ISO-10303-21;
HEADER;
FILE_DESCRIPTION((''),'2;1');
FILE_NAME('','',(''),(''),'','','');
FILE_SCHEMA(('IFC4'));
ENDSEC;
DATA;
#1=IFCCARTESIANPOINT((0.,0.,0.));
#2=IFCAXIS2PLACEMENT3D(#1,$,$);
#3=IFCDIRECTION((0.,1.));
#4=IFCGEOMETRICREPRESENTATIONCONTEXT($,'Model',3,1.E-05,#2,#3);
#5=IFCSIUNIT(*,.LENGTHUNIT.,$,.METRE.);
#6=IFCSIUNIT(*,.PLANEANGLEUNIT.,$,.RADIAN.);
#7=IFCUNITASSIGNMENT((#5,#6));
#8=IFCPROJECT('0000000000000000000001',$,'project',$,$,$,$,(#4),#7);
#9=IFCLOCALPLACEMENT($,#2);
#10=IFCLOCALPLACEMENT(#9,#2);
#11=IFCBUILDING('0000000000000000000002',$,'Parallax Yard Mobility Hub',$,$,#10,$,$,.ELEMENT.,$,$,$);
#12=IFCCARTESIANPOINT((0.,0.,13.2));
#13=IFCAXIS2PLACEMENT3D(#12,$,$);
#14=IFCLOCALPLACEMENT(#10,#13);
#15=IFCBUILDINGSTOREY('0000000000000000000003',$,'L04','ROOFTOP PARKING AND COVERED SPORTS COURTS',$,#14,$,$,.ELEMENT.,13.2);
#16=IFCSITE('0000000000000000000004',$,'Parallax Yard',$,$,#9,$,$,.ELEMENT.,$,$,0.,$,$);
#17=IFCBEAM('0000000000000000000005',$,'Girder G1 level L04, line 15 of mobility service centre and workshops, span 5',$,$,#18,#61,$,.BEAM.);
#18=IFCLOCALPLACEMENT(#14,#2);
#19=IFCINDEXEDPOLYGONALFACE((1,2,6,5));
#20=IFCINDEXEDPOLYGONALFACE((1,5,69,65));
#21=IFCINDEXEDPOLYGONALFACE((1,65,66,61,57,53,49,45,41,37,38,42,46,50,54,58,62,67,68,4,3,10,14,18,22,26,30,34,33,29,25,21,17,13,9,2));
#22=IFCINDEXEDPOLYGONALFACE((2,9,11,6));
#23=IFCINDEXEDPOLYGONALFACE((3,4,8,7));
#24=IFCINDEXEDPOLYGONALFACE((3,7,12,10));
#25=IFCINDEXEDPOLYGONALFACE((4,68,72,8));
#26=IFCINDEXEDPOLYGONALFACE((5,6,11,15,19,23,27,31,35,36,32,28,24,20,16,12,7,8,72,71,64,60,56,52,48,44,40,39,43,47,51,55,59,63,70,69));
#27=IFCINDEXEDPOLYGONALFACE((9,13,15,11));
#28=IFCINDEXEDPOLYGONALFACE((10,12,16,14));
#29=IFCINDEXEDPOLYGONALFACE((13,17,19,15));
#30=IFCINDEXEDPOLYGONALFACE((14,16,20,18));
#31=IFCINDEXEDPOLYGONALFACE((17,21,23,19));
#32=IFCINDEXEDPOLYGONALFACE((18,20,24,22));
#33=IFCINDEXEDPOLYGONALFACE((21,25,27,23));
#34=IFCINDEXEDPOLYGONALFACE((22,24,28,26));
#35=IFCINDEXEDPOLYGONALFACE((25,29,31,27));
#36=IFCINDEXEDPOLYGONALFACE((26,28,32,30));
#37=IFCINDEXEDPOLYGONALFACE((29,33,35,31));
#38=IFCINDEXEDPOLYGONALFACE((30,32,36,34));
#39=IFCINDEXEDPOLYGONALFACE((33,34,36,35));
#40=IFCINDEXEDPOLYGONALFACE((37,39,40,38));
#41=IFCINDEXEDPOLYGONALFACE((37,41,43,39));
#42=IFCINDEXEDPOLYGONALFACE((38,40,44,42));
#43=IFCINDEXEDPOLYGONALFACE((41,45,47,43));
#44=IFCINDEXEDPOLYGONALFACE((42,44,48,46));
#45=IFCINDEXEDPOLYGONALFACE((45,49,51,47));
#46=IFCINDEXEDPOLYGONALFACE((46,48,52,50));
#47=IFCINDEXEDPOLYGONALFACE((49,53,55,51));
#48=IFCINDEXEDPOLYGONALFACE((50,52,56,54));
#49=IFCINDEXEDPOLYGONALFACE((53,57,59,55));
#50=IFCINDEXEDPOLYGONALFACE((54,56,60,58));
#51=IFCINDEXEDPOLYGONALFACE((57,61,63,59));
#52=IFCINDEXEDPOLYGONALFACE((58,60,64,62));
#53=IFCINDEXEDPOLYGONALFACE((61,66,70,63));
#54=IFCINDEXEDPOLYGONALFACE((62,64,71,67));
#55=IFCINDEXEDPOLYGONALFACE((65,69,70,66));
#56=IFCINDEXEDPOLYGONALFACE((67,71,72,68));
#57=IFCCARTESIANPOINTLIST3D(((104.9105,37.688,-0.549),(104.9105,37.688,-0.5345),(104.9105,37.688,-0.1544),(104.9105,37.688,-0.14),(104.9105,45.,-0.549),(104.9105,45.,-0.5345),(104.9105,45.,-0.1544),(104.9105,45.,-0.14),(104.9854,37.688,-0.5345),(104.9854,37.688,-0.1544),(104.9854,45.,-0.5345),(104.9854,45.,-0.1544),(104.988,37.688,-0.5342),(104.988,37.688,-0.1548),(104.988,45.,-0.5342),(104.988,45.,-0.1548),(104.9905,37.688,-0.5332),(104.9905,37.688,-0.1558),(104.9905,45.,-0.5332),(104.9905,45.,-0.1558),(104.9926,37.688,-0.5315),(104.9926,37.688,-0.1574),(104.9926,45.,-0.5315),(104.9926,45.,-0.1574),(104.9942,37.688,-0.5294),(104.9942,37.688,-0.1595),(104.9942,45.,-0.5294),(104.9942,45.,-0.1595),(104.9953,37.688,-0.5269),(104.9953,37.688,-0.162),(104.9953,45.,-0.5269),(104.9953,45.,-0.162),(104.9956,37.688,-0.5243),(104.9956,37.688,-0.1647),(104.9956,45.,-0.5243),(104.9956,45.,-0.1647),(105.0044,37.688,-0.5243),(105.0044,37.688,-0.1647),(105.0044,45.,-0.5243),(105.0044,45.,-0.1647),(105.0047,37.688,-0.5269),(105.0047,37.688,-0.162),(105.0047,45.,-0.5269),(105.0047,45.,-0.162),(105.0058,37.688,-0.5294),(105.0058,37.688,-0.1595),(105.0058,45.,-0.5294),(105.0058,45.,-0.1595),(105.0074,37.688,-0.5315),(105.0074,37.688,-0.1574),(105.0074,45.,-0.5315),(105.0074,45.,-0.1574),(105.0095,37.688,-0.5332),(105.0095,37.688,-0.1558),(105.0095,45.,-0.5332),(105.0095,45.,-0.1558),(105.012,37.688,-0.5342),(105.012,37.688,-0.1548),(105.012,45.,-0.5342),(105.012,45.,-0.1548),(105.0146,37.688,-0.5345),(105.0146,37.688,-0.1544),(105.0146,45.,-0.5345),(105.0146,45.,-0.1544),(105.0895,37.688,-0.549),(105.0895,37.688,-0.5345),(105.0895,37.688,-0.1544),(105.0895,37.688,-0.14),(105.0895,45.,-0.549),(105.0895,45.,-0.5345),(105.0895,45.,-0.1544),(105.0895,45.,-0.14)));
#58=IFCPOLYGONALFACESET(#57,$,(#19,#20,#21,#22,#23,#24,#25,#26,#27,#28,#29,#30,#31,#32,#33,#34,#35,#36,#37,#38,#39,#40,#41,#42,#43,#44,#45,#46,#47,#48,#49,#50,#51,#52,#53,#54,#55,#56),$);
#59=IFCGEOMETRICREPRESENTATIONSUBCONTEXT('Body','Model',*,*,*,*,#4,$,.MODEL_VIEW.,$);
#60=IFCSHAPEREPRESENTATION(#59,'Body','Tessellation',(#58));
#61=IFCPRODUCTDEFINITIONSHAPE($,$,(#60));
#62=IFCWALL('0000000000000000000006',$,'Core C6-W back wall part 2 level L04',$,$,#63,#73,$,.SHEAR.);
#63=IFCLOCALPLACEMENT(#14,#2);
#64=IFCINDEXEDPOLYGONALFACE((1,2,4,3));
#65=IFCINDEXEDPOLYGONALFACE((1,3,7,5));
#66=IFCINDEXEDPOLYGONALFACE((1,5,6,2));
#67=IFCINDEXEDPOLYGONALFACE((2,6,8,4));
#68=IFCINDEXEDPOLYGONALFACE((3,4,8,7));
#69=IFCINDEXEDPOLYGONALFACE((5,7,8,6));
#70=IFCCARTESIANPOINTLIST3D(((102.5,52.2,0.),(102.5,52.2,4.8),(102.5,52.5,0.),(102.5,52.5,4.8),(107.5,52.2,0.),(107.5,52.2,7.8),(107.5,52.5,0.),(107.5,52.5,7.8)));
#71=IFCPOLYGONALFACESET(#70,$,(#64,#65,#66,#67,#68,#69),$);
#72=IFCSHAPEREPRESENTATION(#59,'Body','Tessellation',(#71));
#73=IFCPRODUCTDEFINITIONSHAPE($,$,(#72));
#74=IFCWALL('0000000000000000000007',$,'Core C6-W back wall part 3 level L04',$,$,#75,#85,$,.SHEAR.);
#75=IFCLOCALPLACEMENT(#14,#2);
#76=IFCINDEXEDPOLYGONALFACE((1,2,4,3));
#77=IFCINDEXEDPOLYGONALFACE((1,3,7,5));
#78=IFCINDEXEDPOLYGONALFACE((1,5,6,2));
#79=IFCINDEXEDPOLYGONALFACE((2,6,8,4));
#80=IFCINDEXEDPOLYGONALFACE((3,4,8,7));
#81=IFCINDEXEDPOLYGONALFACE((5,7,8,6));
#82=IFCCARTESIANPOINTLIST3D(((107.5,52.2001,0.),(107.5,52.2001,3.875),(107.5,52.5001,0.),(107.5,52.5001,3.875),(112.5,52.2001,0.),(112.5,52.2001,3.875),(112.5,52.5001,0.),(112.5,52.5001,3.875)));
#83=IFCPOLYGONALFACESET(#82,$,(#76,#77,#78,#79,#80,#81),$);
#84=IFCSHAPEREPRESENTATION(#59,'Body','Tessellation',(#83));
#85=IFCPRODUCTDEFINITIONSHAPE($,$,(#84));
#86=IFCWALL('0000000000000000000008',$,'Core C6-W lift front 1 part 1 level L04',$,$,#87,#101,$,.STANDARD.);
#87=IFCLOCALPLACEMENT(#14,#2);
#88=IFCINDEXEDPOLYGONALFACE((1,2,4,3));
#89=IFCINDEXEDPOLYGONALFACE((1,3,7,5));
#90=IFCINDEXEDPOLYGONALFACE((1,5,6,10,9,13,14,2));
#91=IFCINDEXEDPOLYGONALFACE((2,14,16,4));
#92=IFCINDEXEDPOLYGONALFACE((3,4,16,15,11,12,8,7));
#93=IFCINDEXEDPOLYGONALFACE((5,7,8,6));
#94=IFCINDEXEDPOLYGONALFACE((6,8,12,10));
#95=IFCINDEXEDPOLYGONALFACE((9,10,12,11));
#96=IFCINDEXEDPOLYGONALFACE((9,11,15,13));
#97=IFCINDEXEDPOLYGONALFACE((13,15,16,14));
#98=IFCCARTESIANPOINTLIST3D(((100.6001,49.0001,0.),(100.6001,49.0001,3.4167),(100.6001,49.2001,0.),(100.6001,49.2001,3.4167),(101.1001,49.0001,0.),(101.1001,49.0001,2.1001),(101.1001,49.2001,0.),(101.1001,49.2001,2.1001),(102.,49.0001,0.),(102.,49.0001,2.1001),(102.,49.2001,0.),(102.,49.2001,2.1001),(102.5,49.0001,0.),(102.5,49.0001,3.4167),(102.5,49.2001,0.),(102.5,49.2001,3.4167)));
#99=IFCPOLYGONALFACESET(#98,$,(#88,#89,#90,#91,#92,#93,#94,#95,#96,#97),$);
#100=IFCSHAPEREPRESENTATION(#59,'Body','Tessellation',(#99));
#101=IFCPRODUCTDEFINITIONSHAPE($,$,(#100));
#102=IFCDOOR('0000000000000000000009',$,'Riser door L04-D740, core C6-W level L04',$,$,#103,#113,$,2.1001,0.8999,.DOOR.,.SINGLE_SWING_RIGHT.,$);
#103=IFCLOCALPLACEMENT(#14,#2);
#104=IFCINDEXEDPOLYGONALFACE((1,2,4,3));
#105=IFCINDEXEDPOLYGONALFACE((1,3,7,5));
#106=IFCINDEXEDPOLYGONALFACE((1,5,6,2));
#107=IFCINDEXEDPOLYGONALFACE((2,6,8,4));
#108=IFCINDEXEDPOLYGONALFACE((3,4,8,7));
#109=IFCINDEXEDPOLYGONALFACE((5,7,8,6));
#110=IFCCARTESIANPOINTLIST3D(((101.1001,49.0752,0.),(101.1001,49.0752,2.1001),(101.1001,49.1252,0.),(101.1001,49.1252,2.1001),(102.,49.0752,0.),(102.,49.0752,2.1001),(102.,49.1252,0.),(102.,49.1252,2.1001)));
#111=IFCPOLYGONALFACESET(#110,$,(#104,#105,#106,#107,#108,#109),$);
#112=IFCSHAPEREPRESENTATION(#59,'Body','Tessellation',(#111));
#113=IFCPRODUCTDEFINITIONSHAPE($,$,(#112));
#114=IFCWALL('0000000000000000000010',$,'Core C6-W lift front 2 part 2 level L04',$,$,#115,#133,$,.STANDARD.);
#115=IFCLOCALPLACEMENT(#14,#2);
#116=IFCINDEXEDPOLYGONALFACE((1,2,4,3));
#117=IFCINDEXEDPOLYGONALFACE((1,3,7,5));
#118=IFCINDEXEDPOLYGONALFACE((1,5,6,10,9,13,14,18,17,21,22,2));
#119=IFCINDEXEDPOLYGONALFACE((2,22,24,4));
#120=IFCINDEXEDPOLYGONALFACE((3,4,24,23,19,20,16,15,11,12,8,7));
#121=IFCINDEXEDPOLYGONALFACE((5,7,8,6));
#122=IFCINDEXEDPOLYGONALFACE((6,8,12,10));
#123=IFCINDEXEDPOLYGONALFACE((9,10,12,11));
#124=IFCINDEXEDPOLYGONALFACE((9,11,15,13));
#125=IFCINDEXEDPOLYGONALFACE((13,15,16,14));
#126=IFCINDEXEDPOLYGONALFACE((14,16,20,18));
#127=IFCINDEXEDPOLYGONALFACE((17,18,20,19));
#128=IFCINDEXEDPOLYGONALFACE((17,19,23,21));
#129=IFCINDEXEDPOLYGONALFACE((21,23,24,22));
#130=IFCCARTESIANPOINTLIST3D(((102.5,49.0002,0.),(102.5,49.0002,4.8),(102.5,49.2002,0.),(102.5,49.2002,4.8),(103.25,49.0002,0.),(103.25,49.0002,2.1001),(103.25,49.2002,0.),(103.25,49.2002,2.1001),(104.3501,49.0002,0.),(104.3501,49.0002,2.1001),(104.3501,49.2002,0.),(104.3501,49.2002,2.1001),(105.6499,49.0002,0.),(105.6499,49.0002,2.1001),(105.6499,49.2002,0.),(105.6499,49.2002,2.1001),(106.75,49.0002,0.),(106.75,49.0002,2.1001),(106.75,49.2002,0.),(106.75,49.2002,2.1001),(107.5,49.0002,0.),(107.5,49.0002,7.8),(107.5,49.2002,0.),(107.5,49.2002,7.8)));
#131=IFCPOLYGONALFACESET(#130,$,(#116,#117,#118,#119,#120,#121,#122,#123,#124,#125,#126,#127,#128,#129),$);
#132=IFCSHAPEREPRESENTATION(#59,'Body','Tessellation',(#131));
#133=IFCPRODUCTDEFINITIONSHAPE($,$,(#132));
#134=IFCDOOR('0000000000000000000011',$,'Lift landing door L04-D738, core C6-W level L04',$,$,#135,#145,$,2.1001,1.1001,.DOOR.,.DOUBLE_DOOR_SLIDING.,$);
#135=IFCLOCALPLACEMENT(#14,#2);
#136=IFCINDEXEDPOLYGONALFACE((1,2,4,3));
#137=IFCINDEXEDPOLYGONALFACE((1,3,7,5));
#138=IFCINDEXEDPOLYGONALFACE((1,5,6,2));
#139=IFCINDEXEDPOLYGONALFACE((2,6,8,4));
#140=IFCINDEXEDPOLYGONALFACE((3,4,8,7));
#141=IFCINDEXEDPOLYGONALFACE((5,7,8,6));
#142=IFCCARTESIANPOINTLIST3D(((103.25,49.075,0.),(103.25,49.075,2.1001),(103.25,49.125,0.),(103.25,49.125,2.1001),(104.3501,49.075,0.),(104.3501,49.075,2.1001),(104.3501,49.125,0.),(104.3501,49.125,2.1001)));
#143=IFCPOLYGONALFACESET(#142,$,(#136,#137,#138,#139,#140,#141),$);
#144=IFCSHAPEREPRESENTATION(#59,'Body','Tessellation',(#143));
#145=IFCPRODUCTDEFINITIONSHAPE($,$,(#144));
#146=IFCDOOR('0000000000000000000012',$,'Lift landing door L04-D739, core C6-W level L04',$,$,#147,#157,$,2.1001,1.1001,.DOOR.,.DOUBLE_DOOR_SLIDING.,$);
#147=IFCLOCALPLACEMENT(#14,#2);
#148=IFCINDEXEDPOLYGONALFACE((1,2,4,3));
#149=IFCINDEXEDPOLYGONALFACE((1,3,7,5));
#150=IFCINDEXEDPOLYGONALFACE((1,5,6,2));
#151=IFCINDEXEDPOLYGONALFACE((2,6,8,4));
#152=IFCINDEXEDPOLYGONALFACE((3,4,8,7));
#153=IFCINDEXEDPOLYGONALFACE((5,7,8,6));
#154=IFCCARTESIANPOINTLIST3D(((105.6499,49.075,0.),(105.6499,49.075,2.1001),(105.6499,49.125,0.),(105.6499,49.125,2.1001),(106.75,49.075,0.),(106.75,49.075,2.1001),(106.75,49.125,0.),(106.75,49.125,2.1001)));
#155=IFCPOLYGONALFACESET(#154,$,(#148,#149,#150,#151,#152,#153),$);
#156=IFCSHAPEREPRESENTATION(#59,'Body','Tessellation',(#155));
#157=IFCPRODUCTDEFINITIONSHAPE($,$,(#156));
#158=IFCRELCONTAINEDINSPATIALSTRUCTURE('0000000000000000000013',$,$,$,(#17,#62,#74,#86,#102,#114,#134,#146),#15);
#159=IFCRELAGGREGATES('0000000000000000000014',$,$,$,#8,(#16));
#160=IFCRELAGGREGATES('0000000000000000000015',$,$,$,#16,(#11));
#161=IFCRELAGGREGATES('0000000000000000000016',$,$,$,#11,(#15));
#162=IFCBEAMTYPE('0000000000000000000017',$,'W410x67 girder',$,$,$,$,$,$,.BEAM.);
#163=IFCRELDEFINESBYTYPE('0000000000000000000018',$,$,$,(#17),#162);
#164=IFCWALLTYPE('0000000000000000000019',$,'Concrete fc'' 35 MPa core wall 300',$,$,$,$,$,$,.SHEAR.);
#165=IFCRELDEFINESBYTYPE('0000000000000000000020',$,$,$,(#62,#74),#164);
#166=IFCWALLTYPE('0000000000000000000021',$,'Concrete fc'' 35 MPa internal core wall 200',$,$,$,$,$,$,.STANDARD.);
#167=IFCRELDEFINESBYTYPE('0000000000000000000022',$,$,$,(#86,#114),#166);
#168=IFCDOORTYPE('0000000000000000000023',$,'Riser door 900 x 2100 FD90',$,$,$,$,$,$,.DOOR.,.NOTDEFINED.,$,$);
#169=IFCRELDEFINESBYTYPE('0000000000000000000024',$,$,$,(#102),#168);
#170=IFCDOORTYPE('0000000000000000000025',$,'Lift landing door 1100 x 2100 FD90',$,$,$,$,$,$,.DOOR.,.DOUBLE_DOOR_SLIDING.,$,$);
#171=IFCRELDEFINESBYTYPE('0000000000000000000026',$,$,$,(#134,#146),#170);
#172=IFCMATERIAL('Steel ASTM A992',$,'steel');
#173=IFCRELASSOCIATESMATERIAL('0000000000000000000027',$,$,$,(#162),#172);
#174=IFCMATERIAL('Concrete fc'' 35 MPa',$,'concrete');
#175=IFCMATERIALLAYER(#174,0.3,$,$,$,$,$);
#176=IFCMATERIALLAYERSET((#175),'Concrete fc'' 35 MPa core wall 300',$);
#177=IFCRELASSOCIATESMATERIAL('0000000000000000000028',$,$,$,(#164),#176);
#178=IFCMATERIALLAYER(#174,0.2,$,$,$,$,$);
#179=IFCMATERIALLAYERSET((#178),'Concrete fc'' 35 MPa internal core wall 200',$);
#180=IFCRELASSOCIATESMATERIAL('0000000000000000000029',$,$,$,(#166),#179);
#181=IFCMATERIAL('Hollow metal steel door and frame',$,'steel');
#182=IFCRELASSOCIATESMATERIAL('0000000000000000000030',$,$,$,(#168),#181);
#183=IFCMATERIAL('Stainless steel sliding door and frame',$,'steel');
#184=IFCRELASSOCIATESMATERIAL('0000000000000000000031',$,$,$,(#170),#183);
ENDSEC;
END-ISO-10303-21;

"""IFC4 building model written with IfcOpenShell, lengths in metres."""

from ifc_helpers import new_model, si_unit, direction, frame, frame_2d, origin, origin_2d, place, context, subcontext, project, spatial, polyline, rectangle, i_section, outline, extrude, material, layer, layer_set, material_profile, profile_set, type_object, element, fill, save


model = new_model("IFC4")

# Units and contexts
model_context = context("Model", 3, precision=1e-05, world=origin(), true_north=direction((0.0, 1.0)))
body_context = subcontext(model_context, "Body", "Model", "MODEL_VIEW")
ifc_project = project(units=[si_unit("LENGTHUNIT", "METRE"), si_unit("PLANEANGLEUNIT", "RADIAN")], contexts=[model_context])

# Site, building, storey
site_placement = place(None, origin())
site = spatial("IfcSite", under=ifc_project, at=site_placement, Name="Parallax Yard", CompositionType="ELEMENT", RefElevation=0.0)
building_placement = place(site_placement, origin())
building = spatial("IfcBuilding", under=site, at=building_placement, Name="Parallax Yard Mobility Hub", CompositionType="ELEMENT")
storey_placement = place(building_placement, frame((0.0, 0.0, 13.2)))
storey = spatial("IfcBuildingStorey", under=building, at=storey_placement, Name="L04", Description="ROOFTOP PARKING AND COVERED SPORTS COURTS", CompositionType="ELEMENT", Elevation=13.2)

# Beam
ifc_material_1 = material(Name="Steel ASTM A992", Category="steel")
ifc_material_profile_1 = material_profile(ifc_material_1, i_section(OverallWidth=0.179, OverallDepth=0.4089, WebThickness=0.0088, FlangeThickness=0.0144, FilletRadius=0.0103, at=origin_2d()), Name="W410x67")
ifc_profile_set_1 = profile_set([ifc_material_profile_1], Name="Steel ASTM A992")
beam_type_1 = type_object("IfcBeamType", Name="W410x67 girder", PredefinedType="BEAM", material=ifc_profile_set_1)
beam_placement = place(storey_placement, frame((105.0, 37.688, -0.3445), z_axis=(0.0, 1.0, 0.0), x_axis=(-1.0, 0.0, 0.0)))
element("IfcBeam", 1, at=beam_placement, inside=storey, type_object=beam_type_1, Name="Girder G1 level L04, line 15 of mobility service centre and workshops, span 5", PredefinedType="BEAM", context=body_context, shape_type="SweptSolid", body=[
    extrude(i_section(OverallWidth=0.179, OverallDepth=0.4089, WebThickness=0.0088, FlangeThickness=0.0144, FilletRadius=0.0103, at=origin_2d()), origin(), (0.0, 0.0, 1.0), 7.312),
])

# Walls
ifc_material_2 = material(Name="Concrete fc' 35 MPa", Category="concrete")
ifc_layer_1 = layer(ifc_material_2, 0.3)
ifc_layer_set_1 = layer_set([ifc_layer_1], Name="Concrete fc' 35 MPa core wall 300")
wall_type_1 = type_object("IfcWallType", Name="Concrete fc' 35 MPa core wall 300", PredefinedType="SHEAR", material=ifc_layer_set_1)
wall_1_placement = place(storey_placement, frame((102.5, 52.3501, 0.0), z_axis=(0.0, 0.0, 1.0), x_axis=(1.0, 0.0, 0.0)))
element("IfcWall", 2, at=wall_1_placement, inside=storey, type_object=wall_type_1, Name="Core C6-W back wall part 2 level L04", PredefinedType="SHEAR", context=body_context, shape_type="SweptSolid", body=[
    extrude(outline(polyline([(0.0, 0.0), (5.0, 0.0), (5.0, 7.8), (0.0, 4.8), (0.0, 0.0)])), frame((0.0, 0.1499, 0.0), z_axis=(0.0, -1.0, 0.0), x_axis=(1.0, 0.0, 0.0)), (0.0, 0.0, 1.0), 0.3),
])
wall_2_placement = place(storey_placement, frame((107.5, 52.3501, 0.0), z_axis=(0.0, 0.0, 1.0), x_axis=(1.0, 0.0, 0.0)))
element("IfcWall", 3, at=wall_2_placement, inside=storey, type_object=wall_type_1, Name="Core C6-W back wall part 3 level L04", PredefinedType="SHEAR", context=body_context, shape_type="SweptSolid", body=[
    extrude(rectangle(XDim=5.0, YDim=0.3, at=frame_2d((2.5, 0.0))), origin(), (0.0, 0.0, 1.0), 3.875),
])

# Wall, opening, door
ifc_layer_2 = layer(ifc_material_2, 0.2)
ifc_layer_set_2 = layer_set([ifc_layer_2], Name="Concrete fc' 35 MPa internal core wall 200")
wall_type_2 = type_object("IfcWallType", Name="Concrete fc' 35 MPa internal core wall 200", PredefinedType="STANDARD", material=ifc_layer_set_2)
wall_3_placement = place(storey_placement, frame((102.5, 49.1001, 0.0), z_axis=(0.0, 0.0, 1.0), x_axis=(-1.0, 0.0, 0.0)))
wall_3 = element("IfcWall", 4, at=wall_3_placement, inside=storey, type_object=wall_type_2, Name="Core C6-W lift front 1 part 1 level L04", PredefinedType="STANDARD", context=body_context, shape_type="SweptSolid", body=[
    extrude(rectangle(XDim=1.8999, YDim=0.2, at=frame_2d((0.95, 0.0))), origin(), (0.0, 0.0, 1.0), 3.4167),
])
opening_1_placement = place(wall_3_placement, frame((0.5, 0.0, 0.0)))
opening_1 = element("IfcOpeningElement", 5, at=opening_1_placement, cuts=wall_3, PredefinedType="OPENING", context=body_context, shape_type="SweptSolid", body=[
    extrude(rectangle(XDim=0.8999, YDim=2.1001, at=frame_2d((0.45, 1.05))), frame((0.0, 0.1099, 0.0), z_axis=(0.0, -1.0, 0.0), x_axis=(1.0, 0.0, 0.0)), (0.0, 0.0, 1.0), 0.22),
])
ifc_material_3 = material(Name="Hollow metal steel door and frame", Category="steel")
door_type_1 = type_object("IfcDoorType", Name="Riser door 900 x 2100 FD90", OperationType="NOTDEFINED", PredefinedType="DOOR", material=ifc_material_3)
door_1_placement = place(opening_1_placement, origin())
door_1 = element("IfcDoor", 6, at=door_1_placement, inside=storey, type_object=door_type_1, Name="Riser door L04-D740, core C6-W level L04", OperationType="SINGLE_SWING_RIGHT", OverallHeight=2.1001, OverallWidth=0.8999, PredefinedType="DOOR", context=body_context, shape_type="SweptSolid", body=[
    extrude(rectangle(XDim=0.8999, YDim=2.1001, at=frame_2d((0.45, 1.05))), frame((0.0, 0.0249, 0.0), z_axis=(0.0, -1.0, 0.0), x_axis=(1.0, 0.0, 0.0)), (0.0, 0.0, 1.0), 0.05),
])
fill(opening_1, door_1)

# Wall, openings, doors
wall_4_placement = place(storey_placement, frame((102.5, 49.1001, 0.0), z_axis=(0.0, 0.0, 1.0), x_axis=(1.0, 0.0, 0.0)))
wall_4 = element("IfcWall", 7, at=wall_4_placement, inside=storey, type_object=wall_type_2, Name="Core C6-W lift front 2 part 2 level L04", PredefinedType="STANDARD", context=body_context, shape_type="SweptSolid", body=[
    extrude(outline(polyline([(0.0, 0.0), (5.0, 0.0), (5.0, 7.8), (0.0, 4.8), (0.0, 0.0)])), frame((0.0, 0.1001, 0.0), z_axis=(0.0, -1.0, 0.0), x_axis=(1.0, 0.0, 0.0)), (0.0, 0.0, 1.0), 0.2),
])
opening_2_placement = place(wall_4_placement, frame((0.75, 0.0, 0.0)))
opening_2 = element("IfcOpeningElement", 8, at=opening_2_placement, cuts=wall_4, PredefinedType="OPENING", context=body_context, shape_type="SweptSolid", body=[
    extrude(rectangle(XDim=1.1001, YDim=2.1001, at=frame_2d((0.55, 1.05))), frame((0.0, 0.1099, 0.0), z_axis=(0.0, -1.0, 0.0), x_axis=(1.0, 0.0, 0.0)), (0.0, 0.0, 1.0), 0.22),
])
opening_3_placement = place(wall_4_placement, frame((3.1499, 0.0, 0.0)))
opening_3 = element("IfcOpeningElement", 9, at=opening_3_placement, cuts=wall_4, PredefinedType="OPENING", context=body_context, shape_type="SweptSolid", body=[
    extrude(rectangle(XDim=1.1001, YDim=2.1001, at=frame_2d((0.55, 1.05))), frame((0.0, 0.1099, 0.0), z_axis=(0.0, -1.0, 0.0), x_axis=(1.0, 0.0, 0.0)), (0.0, 0.0, 1.0), 0.22),
])
ifc_material_4 = material(Name="Stainless steel sliding door and frame", Category="steel")
door_type_2 = type_object("IfcDoorType", Name="Lift landing door 1100 x 2100 FD90", OperationType="DOUBLE_DOOR_SLIDING", PredefinedType="DOOR", material=ifc_material_4)
door_2_placement = place(opening_2_placement, origin())
door_2 = element("IfcDoor", 10, at=door_2_placement, inside=storey, type_object=door_type_2, Name="Lift landing door L04-D738, core C6-W level L04", OperationType="DOUBLE_DOOR_SLIDING", OverallHeight=2.1001, OverallWidth=1.1001, PredefinedType="DOOR", context=body_context, shape_type="SweptSolid", body=[
    extrude(rectangle(XDim=1.1001, YDim=2.1001, at=frame_2d((0.55, 1.05))), frame((0.0, 0.0249, 0.0), z_axis=(0.0, -1.0, 0.0), x_axis=(1.0, 0.0, 0.0)), (0.0, 0.0, 1.0), 0.05),
])
fill(opening_2, door_2)
door_3_placement = place(opening_3_placement, origin())
door_3 = element("IfcDoor", 11, at=door_3_placement, inside=storey, type_object=door_type_2, Name="Lift landing door L04-D739, core C6-W level L04", OperationType="DOUBLE_DOOR_SLIDING", OverallHeight=2.1001, OverallWidth=1.1001, PredefinedType="DOOR", context=body_context, shape_type="SweptSolid", body=[
    extrude(rectangle(XDim=1.1001, YDim=2.1001, at=frame_2d((0.55, 1.05))), frame((0.0, 0.0249, 0.0), z_axis=(0.0, -1.0, 0.0), x_axis=(1.0, 0.0, 0.0)), (0.0, 0.0, 1.0), 0.05),
])
fill(opening_3, door_3)

save(model, "model.ifc")
